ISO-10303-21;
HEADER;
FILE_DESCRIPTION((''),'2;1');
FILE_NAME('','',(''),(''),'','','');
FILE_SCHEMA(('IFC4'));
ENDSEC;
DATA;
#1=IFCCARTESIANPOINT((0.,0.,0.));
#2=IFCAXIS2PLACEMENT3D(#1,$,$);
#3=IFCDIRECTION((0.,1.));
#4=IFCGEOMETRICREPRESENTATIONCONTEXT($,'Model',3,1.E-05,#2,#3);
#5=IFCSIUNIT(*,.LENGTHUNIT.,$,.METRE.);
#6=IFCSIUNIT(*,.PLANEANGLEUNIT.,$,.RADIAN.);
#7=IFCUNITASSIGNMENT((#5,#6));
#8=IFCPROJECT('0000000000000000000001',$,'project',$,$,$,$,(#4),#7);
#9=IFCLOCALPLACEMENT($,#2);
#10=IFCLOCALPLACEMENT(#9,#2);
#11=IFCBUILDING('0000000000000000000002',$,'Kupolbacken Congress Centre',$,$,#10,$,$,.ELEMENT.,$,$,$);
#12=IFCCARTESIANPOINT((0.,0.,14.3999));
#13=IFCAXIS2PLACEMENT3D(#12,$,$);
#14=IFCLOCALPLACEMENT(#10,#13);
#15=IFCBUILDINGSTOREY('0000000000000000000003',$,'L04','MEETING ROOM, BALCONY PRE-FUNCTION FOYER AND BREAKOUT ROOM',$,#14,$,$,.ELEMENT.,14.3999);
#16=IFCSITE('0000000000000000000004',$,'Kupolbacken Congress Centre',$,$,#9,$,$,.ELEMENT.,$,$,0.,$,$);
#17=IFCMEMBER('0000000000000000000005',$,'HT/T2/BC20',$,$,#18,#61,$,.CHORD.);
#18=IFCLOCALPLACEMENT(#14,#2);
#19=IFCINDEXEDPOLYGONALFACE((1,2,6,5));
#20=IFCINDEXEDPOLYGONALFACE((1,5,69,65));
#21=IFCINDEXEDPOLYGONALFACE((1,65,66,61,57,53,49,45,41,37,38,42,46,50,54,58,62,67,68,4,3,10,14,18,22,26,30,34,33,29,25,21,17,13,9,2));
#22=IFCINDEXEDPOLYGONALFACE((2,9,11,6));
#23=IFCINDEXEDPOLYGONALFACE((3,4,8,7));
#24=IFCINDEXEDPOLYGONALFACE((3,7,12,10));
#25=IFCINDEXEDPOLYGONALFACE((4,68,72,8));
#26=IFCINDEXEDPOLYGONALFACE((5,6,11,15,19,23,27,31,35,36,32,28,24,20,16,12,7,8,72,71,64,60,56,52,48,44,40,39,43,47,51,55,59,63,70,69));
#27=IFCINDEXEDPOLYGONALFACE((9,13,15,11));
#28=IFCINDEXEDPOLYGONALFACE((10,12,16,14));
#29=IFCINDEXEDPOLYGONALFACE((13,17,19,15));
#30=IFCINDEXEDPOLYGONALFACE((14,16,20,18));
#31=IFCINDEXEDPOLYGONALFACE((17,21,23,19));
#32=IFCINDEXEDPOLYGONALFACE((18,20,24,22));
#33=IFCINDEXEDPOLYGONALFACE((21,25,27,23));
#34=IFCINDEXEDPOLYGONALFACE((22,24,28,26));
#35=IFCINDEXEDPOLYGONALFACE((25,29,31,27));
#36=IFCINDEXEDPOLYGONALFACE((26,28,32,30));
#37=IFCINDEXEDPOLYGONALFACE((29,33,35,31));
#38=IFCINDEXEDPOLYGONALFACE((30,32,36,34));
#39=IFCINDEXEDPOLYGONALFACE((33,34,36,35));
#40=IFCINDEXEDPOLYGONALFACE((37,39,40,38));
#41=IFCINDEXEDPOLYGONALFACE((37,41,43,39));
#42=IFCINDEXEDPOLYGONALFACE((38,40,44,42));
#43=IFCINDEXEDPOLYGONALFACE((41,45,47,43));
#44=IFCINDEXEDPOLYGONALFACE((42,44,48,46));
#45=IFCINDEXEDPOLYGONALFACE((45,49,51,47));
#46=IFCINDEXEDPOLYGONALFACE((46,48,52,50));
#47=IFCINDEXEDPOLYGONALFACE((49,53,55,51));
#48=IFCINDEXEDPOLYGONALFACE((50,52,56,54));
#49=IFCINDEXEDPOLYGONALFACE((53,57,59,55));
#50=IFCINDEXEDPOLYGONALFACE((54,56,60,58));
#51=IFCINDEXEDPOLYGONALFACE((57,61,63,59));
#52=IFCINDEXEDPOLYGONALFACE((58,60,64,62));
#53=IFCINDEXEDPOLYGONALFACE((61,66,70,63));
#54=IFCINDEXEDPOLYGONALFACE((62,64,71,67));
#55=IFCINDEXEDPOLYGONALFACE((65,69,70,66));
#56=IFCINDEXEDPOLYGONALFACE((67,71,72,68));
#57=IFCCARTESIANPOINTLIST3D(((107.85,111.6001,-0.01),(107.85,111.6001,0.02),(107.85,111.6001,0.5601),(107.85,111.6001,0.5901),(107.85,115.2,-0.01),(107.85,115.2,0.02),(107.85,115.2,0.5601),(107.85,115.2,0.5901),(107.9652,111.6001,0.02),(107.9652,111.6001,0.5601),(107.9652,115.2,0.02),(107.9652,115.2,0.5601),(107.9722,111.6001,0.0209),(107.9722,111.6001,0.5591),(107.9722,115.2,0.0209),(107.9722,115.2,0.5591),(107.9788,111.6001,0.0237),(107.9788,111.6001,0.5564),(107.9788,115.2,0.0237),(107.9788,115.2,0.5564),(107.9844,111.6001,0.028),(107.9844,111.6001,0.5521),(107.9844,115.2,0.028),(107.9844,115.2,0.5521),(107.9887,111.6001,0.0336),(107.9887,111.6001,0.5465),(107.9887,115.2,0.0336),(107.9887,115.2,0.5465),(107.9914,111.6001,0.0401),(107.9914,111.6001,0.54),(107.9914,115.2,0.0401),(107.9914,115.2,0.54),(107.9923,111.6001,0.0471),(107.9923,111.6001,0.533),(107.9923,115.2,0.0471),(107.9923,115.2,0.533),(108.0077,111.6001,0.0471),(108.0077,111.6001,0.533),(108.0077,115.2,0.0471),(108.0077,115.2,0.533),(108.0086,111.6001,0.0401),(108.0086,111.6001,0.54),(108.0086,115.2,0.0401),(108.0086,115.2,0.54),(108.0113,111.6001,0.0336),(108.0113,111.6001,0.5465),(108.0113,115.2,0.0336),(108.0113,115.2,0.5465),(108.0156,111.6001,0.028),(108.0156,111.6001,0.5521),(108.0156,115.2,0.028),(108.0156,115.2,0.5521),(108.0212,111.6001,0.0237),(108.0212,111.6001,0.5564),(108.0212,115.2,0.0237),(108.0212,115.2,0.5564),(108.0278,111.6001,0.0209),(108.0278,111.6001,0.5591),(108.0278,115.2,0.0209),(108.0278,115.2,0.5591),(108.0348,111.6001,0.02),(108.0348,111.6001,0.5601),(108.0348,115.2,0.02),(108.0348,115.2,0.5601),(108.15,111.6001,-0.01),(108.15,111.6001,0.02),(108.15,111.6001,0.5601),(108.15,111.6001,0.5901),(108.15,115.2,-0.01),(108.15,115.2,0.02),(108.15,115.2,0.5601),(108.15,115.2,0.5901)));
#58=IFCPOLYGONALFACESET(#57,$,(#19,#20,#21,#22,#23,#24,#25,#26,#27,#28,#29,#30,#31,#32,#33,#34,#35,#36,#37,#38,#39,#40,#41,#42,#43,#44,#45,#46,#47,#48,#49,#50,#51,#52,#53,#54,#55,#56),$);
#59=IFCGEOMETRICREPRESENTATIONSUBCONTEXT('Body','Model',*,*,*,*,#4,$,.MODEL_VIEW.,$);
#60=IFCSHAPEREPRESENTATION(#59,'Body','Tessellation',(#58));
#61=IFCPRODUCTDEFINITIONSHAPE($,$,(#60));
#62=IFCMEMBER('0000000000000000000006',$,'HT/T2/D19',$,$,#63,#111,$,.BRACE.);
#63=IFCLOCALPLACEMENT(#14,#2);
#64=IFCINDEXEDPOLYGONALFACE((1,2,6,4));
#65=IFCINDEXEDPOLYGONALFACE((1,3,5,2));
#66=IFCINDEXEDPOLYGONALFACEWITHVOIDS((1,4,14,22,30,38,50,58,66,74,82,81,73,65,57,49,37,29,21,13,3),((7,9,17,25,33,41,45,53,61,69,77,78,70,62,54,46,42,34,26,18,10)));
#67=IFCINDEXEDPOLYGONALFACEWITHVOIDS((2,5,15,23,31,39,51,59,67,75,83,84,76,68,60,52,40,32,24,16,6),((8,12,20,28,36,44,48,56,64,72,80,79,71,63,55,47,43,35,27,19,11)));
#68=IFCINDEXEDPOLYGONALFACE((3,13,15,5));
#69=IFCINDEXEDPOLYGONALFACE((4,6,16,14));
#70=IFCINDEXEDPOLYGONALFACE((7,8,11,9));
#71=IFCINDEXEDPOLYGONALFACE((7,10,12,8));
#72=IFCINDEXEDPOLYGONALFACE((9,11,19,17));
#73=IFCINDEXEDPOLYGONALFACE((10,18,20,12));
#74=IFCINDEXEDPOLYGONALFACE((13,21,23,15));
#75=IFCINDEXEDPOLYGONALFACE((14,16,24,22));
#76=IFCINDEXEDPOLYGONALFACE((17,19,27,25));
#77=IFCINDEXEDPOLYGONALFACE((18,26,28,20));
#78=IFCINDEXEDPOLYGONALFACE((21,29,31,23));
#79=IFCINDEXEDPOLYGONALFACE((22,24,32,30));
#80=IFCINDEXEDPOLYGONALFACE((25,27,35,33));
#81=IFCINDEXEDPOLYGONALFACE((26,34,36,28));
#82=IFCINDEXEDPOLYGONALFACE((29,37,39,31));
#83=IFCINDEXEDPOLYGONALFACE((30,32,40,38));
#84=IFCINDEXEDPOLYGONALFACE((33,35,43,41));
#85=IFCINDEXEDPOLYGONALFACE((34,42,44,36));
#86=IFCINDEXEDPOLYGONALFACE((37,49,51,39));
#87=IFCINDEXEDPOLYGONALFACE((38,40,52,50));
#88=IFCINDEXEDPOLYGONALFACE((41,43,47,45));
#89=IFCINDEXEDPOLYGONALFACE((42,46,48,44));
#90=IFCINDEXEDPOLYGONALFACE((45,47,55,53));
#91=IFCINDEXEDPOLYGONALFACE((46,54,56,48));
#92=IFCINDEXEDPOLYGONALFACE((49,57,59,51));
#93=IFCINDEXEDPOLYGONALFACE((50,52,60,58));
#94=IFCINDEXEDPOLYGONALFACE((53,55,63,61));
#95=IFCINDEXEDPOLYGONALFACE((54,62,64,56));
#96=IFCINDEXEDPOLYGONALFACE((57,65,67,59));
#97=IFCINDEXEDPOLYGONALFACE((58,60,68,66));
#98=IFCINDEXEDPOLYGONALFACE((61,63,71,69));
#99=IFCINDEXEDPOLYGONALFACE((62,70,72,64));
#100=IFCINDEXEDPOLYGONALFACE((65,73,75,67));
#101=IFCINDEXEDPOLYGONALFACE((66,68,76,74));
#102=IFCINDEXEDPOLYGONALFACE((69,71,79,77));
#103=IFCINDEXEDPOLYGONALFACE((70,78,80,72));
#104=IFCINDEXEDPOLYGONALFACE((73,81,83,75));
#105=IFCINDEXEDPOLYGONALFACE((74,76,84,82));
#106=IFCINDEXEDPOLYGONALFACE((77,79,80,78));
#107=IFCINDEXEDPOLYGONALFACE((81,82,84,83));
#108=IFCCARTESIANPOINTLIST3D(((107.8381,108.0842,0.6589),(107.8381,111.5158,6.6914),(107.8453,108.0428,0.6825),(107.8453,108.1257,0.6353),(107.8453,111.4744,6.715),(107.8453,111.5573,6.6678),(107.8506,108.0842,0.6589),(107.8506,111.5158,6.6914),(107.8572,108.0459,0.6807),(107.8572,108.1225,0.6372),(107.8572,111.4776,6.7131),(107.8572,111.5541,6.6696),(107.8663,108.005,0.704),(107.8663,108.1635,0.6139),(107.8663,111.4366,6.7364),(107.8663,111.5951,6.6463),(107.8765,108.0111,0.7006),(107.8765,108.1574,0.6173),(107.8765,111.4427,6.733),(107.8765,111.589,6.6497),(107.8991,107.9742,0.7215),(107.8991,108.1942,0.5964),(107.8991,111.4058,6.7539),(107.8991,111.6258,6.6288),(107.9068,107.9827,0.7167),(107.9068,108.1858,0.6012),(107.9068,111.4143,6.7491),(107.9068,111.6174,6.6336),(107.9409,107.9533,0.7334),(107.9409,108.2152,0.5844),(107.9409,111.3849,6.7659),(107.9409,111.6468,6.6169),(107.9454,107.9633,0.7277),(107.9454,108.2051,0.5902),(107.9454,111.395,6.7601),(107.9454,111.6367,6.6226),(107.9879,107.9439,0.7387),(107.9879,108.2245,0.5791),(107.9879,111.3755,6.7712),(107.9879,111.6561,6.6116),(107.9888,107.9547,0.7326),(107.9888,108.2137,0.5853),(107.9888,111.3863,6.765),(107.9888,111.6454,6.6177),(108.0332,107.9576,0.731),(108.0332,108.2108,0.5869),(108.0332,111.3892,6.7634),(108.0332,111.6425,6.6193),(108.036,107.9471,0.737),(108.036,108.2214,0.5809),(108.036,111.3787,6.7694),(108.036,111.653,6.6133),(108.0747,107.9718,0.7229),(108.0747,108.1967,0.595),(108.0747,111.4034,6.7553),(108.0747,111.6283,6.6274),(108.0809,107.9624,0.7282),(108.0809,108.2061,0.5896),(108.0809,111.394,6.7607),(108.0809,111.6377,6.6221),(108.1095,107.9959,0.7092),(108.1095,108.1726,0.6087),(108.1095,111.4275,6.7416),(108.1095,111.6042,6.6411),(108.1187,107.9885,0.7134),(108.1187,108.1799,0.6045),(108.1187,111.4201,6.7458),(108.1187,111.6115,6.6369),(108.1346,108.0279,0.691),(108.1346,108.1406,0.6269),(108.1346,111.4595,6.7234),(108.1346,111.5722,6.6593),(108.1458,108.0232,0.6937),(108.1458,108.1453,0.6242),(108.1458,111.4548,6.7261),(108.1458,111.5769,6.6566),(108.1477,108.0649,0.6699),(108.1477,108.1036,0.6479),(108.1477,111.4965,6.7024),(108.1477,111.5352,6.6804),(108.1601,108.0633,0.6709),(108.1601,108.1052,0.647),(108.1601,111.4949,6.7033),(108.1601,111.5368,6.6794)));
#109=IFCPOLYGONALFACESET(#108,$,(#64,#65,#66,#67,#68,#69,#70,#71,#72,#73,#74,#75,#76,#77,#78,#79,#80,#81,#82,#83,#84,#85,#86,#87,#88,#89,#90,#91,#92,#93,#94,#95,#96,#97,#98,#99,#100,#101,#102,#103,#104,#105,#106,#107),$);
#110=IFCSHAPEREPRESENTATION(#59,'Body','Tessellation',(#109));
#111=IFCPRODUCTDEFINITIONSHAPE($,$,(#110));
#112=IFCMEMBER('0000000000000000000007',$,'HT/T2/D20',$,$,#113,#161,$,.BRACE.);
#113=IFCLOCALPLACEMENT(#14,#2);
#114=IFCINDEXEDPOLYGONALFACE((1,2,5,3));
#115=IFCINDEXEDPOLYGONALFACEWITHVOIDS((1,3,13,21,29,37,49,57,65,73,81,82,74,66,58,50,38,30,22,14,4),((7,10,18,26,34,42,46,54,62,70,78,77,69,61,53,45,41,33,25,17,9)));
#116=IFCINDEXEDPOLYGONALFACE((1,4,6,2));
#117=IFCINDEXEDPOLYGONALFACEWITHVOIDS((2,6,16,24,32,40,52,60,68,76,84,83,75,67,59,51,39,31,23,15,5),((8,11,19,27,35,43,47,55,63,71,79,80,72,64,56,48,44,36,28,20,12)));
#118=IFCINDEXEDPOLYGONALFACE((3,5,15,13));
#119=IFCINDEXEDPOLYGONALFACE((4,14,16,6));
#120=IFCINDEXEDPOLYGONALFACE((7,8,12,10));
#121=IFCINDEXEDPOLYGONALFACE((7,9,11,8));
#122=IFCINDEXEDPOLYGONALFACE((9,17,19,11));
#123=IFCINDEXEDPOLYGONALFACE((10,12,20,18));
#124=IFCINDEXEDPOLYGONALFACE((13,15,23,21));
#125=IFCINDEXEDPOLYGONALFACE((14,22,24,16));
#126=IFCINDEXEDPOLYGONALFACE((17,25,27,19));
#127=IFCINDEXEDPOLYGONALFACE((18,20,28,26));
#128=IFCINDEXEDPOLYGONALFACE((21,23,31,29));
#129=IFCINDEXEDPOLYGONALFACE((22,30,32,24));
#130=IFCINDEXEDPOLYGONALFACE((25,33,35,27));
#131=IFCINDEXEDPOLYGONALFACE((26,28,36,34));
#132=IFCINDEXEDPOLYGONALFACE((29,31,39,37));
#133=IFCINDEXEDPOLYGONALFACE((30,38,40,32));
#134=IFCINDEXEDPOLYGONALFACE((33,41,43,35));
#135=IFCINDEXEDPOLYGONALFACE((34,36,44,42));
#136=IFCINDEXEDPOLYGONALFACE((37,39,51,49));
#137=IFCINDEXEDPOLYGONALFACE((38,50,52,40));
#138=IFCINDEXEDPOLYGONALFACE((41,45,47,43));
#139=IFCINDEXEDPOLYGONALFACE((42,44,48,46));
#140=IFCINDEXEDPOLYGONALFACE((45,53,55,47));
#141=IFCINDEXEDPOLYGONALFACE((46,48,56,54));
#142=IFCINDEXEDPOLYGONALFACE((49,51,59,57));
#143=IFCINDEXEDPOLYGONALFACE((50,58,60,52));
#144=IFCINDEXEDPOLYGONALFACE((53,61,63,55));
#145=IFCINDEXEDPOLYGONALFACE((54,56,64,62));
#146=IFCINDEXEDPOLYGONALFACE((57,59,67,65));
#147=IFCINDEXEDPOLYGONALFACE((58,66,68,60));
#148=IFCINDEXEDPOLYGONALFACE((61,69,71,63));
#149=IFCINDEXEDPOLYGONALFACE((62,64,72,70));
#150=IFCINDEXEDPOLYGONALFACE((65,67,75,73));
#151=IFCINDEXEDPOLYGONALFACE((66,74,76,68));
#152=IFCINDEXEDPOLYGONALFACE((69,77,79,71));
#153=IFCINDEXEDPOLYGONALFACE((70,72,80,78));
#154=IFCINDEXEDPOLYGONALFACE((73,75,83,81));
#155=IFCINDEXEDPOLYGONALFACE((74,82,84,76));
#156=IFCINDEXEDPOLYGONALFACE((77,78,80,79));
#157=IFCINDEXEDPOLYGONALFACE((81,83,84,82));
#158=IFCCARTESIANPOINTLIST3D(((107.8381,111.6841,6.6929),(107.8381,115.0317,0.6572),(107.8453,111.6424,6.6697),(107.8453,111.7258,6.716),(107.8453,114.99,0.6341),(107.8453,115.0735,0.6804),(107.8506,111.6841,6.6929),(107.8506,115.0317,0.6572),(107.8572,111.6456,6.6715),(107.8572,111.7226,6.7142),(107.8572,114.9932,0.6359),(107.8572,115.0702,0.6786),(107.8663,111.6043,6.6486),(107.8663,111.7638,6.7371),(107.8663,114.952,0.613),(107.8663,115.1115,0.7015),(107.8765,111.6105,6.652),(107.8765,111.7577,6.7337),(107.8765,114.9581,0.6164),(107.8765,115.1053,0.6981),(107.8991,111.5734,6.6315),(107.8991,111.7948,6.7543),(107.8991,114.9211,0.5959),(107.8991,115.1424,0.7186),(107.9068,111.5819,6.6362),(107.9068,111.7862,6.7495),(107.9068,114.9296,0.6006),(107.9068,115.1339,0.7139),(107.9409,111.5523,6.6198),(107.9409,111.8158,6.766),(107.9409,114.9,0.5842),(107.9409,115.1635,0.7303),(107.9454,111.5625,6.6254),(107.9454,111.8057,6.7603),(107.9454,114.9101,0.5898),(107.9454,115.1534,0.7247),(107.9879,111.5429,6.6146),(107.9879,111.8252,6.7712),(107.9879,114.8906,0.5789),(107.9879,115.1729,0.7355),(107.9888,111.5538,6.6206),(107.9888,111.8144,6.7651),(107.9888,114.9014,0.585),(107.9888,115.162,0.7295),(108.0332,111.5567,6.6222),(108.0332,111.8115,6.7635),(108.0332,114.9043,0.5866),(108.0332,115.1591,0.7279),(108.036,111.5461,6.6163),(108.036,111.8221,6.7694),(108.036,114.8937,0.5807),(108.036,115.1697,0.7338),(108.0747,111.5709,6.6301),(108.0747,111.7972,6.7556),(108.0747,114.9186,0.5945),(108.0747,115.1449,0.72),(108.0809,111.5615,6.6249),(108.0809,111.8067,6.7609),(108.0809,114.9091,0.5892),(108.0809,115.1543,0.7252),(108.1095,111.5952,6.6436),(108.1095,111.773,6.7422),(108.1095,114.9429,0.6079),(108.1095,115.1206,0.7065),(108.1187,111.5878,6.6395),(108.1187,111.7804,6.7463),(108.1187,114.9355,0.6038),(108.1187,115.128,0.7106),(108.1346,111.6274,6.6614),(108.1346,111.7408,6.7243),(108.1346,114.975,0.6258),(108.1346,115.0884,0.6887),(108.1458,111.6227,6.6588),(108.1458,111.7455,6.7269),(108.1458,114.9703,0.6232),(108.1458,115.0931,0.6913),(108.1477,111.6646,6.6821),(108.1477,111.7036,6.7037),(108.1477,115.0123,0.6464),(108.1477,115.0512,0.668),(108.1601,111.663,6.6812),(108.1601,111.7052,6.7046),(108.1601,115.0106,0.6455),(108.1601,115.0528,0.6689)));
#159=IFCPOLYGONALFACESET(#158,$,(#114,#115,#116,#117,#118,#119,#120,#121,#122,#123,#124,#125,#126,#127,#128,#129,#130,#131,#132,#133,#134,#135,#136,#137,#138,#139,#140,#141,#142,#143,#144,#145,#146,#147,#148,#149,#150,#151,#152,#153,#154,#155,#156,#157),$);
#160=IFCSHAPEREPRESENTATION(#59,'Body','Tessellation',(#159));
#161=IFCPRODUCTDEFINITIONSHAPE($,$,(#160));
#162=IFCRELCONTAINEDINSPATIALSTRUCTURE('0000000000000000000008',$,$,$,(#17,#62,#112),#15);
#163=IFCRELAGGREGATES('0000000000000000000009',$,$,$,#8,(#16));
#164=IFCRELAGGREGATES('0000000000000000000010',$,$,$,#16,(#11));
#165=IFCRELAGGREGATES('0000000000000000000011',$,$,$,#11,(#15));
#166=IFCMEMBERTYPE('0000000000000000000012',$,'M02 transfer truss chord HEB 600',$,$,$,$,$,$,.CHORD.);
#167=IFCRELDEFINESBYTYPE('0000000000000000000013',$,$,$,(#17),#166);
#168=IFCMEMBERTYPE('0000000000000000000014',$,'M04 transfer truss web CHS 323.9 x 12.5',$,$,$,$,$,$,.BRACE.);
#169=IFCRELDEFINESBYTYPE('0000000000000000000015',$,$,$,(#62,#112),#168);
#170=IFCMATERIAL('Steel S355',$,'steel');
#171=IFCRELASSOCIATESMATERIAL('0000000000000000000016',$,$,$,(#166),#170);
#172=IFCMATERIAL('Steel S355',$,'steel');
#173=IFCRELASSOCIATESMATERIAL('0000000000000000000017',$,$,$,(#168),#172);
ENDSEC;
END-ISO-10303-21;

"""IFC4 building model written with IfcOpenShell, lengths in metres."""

from ifc_helpers import new_model, si_unit, direction, frame, origin, origin_2d, place, context, subcontext, project, spatial, hollow_circle, i_section, extrude, material, material_profile, profile_set, type_object, element, save


model = new_model("IFC4")

# Units and contexts
model_context = context("Model", 3, precision=1e-05, world=origin(), true_north=direction((0.0, 1.0)))
body_context = subcontext(model_context, "Body", "Model", "MODEL_VIEW")
ifc_project = project(units=[si_unit("LENGTHUNIT", "METRE"), si_unit("PLANEANGLEUNIT", "RADIAN")], contexts=[model_context])

# Site, building, storey
site_placement = place(None, origin())
site = spatial("IfcSite", under=ifc_project, at=site_placement, Name="Kupolbacken Congress Centre", CompositionType="ELEMENT", RefElevation=0.0)
building_placement = place(site_placement, origin())
building = spatial("IfcBuilding", under=site, at=building_placement, Name="Kupolbacken Congress Centre", CompositionType="ELEMENT")
storey_placement = place(building_placement, frame((0.0, 0.0, 14.3999)))
storey = spatial("IfcBuildingStorey", under=building, at=storey_placement, Name="L04", Description="MEETING ROOM, BALCONY PRE-FUNCTION FOYER AND BREAKOUT ROOM", CompositionType="ELEMENT", Elevation=14.3999)

# Members
ifc_material_1 = material(Name="Steel S355", Category="steel")
ifc_material_profile_1 = material_profile(ifc_material_1, i_section(OverallWidth=0.3, OverallDepth=0.6001, WebThickness=0.0154, FlangeThickness=0.03, FilletRadius=0.0271, at=origin_2d()), Name="HEB 600")
ifc_profile_set_1 = profile_set([ifc_material_profile_1], Name="Steel S355")
member_type_1 = type_object("IfcMemberType", Name="M02 transfer truss chord HEB 600", PredefinedType="CHORD", material=ifc_profile_set_1)
member_1_placement = place(storey_placement, frame((108.0, 111.6001, 0.29), z_axis=(0.0, 1.0, 0.0), x_axis=(-1.0, 0.0, 0.0)))
element("IfcMember", 1, at=member_1_placement, inside=storey, type_object=member_type_1, Name="HT/T2/BC20", PredefinedType="CHORD", context=body_context, shape_type="SweptSolid", body=[
    extrude(i_section(OverallWidth=0.3, OverallDepth=0.6001, WebThickness=0.0154, FlangeThickness=0.03, FilletRadius=0.0271, at=origin_2d()), origin(), (0.0, 0.0, 1.0), 3.5999),
])
ifc_material_2 = material(Name="Steel S355", Category="steel")
ifc_material_profile_2 = material_profile(ifc_material_2, hollow_circle(Radius=0.1619, WallThickness=0.0125, at=origin_2d()), Name="CHS 323.9 x 12.5")
ifc_profile_set_2 = profile_set([ifc_material_profile_2], Name="Steel S355")
member_type_2 = type_object("IfcMemberType", Name="M04 transfer truss web CHS 323.9 x 12.5", PredefinedType="BRACE", material=ifc_profile_set_2)
member_2_placement = place(storey_placement, frame((108.0, 108.0842, 0.6589), z_axis=(0.0, 0.494456, 0.869203), x_axis=(-1.0, 0.0, 0.0)))
element("IfcMember", 2, at=member_2_placement, inside=storey, type_object=member_type_2, Name="HT/T2/D19", PredefinedType="BRACE", context=body_context, shape_type="SweptSolid", body=[
    extrude(hollow_circle(Radius=0.1619, WallThickness=0.0125, at=origin_2d()), origin(), (0.0, 0.0, 1.0), 6.9402),
])
member_3_placement = place(storey_placement, frame((108.0, 111.6841, 6.6929), z_axis=(0.0, 0.485036, -0.874494), x_axis=(-1.0, 0.0, 0.0)))
element("IfcMember", 3, at=member_3_placement, inside=storey, type_object=member_type_2, Name="HT/T2/D20", PredefinedType="BRACE", context=body_context, shape_type="SweptSolid", body=[
    extrude(hollow_circle(Radius=0.1619, WallThickness=0.0125, at=origin_2d()), origin(), (0.0, 0.0, 1.0), 6.9019),
])

save(model, "model.ifc")
